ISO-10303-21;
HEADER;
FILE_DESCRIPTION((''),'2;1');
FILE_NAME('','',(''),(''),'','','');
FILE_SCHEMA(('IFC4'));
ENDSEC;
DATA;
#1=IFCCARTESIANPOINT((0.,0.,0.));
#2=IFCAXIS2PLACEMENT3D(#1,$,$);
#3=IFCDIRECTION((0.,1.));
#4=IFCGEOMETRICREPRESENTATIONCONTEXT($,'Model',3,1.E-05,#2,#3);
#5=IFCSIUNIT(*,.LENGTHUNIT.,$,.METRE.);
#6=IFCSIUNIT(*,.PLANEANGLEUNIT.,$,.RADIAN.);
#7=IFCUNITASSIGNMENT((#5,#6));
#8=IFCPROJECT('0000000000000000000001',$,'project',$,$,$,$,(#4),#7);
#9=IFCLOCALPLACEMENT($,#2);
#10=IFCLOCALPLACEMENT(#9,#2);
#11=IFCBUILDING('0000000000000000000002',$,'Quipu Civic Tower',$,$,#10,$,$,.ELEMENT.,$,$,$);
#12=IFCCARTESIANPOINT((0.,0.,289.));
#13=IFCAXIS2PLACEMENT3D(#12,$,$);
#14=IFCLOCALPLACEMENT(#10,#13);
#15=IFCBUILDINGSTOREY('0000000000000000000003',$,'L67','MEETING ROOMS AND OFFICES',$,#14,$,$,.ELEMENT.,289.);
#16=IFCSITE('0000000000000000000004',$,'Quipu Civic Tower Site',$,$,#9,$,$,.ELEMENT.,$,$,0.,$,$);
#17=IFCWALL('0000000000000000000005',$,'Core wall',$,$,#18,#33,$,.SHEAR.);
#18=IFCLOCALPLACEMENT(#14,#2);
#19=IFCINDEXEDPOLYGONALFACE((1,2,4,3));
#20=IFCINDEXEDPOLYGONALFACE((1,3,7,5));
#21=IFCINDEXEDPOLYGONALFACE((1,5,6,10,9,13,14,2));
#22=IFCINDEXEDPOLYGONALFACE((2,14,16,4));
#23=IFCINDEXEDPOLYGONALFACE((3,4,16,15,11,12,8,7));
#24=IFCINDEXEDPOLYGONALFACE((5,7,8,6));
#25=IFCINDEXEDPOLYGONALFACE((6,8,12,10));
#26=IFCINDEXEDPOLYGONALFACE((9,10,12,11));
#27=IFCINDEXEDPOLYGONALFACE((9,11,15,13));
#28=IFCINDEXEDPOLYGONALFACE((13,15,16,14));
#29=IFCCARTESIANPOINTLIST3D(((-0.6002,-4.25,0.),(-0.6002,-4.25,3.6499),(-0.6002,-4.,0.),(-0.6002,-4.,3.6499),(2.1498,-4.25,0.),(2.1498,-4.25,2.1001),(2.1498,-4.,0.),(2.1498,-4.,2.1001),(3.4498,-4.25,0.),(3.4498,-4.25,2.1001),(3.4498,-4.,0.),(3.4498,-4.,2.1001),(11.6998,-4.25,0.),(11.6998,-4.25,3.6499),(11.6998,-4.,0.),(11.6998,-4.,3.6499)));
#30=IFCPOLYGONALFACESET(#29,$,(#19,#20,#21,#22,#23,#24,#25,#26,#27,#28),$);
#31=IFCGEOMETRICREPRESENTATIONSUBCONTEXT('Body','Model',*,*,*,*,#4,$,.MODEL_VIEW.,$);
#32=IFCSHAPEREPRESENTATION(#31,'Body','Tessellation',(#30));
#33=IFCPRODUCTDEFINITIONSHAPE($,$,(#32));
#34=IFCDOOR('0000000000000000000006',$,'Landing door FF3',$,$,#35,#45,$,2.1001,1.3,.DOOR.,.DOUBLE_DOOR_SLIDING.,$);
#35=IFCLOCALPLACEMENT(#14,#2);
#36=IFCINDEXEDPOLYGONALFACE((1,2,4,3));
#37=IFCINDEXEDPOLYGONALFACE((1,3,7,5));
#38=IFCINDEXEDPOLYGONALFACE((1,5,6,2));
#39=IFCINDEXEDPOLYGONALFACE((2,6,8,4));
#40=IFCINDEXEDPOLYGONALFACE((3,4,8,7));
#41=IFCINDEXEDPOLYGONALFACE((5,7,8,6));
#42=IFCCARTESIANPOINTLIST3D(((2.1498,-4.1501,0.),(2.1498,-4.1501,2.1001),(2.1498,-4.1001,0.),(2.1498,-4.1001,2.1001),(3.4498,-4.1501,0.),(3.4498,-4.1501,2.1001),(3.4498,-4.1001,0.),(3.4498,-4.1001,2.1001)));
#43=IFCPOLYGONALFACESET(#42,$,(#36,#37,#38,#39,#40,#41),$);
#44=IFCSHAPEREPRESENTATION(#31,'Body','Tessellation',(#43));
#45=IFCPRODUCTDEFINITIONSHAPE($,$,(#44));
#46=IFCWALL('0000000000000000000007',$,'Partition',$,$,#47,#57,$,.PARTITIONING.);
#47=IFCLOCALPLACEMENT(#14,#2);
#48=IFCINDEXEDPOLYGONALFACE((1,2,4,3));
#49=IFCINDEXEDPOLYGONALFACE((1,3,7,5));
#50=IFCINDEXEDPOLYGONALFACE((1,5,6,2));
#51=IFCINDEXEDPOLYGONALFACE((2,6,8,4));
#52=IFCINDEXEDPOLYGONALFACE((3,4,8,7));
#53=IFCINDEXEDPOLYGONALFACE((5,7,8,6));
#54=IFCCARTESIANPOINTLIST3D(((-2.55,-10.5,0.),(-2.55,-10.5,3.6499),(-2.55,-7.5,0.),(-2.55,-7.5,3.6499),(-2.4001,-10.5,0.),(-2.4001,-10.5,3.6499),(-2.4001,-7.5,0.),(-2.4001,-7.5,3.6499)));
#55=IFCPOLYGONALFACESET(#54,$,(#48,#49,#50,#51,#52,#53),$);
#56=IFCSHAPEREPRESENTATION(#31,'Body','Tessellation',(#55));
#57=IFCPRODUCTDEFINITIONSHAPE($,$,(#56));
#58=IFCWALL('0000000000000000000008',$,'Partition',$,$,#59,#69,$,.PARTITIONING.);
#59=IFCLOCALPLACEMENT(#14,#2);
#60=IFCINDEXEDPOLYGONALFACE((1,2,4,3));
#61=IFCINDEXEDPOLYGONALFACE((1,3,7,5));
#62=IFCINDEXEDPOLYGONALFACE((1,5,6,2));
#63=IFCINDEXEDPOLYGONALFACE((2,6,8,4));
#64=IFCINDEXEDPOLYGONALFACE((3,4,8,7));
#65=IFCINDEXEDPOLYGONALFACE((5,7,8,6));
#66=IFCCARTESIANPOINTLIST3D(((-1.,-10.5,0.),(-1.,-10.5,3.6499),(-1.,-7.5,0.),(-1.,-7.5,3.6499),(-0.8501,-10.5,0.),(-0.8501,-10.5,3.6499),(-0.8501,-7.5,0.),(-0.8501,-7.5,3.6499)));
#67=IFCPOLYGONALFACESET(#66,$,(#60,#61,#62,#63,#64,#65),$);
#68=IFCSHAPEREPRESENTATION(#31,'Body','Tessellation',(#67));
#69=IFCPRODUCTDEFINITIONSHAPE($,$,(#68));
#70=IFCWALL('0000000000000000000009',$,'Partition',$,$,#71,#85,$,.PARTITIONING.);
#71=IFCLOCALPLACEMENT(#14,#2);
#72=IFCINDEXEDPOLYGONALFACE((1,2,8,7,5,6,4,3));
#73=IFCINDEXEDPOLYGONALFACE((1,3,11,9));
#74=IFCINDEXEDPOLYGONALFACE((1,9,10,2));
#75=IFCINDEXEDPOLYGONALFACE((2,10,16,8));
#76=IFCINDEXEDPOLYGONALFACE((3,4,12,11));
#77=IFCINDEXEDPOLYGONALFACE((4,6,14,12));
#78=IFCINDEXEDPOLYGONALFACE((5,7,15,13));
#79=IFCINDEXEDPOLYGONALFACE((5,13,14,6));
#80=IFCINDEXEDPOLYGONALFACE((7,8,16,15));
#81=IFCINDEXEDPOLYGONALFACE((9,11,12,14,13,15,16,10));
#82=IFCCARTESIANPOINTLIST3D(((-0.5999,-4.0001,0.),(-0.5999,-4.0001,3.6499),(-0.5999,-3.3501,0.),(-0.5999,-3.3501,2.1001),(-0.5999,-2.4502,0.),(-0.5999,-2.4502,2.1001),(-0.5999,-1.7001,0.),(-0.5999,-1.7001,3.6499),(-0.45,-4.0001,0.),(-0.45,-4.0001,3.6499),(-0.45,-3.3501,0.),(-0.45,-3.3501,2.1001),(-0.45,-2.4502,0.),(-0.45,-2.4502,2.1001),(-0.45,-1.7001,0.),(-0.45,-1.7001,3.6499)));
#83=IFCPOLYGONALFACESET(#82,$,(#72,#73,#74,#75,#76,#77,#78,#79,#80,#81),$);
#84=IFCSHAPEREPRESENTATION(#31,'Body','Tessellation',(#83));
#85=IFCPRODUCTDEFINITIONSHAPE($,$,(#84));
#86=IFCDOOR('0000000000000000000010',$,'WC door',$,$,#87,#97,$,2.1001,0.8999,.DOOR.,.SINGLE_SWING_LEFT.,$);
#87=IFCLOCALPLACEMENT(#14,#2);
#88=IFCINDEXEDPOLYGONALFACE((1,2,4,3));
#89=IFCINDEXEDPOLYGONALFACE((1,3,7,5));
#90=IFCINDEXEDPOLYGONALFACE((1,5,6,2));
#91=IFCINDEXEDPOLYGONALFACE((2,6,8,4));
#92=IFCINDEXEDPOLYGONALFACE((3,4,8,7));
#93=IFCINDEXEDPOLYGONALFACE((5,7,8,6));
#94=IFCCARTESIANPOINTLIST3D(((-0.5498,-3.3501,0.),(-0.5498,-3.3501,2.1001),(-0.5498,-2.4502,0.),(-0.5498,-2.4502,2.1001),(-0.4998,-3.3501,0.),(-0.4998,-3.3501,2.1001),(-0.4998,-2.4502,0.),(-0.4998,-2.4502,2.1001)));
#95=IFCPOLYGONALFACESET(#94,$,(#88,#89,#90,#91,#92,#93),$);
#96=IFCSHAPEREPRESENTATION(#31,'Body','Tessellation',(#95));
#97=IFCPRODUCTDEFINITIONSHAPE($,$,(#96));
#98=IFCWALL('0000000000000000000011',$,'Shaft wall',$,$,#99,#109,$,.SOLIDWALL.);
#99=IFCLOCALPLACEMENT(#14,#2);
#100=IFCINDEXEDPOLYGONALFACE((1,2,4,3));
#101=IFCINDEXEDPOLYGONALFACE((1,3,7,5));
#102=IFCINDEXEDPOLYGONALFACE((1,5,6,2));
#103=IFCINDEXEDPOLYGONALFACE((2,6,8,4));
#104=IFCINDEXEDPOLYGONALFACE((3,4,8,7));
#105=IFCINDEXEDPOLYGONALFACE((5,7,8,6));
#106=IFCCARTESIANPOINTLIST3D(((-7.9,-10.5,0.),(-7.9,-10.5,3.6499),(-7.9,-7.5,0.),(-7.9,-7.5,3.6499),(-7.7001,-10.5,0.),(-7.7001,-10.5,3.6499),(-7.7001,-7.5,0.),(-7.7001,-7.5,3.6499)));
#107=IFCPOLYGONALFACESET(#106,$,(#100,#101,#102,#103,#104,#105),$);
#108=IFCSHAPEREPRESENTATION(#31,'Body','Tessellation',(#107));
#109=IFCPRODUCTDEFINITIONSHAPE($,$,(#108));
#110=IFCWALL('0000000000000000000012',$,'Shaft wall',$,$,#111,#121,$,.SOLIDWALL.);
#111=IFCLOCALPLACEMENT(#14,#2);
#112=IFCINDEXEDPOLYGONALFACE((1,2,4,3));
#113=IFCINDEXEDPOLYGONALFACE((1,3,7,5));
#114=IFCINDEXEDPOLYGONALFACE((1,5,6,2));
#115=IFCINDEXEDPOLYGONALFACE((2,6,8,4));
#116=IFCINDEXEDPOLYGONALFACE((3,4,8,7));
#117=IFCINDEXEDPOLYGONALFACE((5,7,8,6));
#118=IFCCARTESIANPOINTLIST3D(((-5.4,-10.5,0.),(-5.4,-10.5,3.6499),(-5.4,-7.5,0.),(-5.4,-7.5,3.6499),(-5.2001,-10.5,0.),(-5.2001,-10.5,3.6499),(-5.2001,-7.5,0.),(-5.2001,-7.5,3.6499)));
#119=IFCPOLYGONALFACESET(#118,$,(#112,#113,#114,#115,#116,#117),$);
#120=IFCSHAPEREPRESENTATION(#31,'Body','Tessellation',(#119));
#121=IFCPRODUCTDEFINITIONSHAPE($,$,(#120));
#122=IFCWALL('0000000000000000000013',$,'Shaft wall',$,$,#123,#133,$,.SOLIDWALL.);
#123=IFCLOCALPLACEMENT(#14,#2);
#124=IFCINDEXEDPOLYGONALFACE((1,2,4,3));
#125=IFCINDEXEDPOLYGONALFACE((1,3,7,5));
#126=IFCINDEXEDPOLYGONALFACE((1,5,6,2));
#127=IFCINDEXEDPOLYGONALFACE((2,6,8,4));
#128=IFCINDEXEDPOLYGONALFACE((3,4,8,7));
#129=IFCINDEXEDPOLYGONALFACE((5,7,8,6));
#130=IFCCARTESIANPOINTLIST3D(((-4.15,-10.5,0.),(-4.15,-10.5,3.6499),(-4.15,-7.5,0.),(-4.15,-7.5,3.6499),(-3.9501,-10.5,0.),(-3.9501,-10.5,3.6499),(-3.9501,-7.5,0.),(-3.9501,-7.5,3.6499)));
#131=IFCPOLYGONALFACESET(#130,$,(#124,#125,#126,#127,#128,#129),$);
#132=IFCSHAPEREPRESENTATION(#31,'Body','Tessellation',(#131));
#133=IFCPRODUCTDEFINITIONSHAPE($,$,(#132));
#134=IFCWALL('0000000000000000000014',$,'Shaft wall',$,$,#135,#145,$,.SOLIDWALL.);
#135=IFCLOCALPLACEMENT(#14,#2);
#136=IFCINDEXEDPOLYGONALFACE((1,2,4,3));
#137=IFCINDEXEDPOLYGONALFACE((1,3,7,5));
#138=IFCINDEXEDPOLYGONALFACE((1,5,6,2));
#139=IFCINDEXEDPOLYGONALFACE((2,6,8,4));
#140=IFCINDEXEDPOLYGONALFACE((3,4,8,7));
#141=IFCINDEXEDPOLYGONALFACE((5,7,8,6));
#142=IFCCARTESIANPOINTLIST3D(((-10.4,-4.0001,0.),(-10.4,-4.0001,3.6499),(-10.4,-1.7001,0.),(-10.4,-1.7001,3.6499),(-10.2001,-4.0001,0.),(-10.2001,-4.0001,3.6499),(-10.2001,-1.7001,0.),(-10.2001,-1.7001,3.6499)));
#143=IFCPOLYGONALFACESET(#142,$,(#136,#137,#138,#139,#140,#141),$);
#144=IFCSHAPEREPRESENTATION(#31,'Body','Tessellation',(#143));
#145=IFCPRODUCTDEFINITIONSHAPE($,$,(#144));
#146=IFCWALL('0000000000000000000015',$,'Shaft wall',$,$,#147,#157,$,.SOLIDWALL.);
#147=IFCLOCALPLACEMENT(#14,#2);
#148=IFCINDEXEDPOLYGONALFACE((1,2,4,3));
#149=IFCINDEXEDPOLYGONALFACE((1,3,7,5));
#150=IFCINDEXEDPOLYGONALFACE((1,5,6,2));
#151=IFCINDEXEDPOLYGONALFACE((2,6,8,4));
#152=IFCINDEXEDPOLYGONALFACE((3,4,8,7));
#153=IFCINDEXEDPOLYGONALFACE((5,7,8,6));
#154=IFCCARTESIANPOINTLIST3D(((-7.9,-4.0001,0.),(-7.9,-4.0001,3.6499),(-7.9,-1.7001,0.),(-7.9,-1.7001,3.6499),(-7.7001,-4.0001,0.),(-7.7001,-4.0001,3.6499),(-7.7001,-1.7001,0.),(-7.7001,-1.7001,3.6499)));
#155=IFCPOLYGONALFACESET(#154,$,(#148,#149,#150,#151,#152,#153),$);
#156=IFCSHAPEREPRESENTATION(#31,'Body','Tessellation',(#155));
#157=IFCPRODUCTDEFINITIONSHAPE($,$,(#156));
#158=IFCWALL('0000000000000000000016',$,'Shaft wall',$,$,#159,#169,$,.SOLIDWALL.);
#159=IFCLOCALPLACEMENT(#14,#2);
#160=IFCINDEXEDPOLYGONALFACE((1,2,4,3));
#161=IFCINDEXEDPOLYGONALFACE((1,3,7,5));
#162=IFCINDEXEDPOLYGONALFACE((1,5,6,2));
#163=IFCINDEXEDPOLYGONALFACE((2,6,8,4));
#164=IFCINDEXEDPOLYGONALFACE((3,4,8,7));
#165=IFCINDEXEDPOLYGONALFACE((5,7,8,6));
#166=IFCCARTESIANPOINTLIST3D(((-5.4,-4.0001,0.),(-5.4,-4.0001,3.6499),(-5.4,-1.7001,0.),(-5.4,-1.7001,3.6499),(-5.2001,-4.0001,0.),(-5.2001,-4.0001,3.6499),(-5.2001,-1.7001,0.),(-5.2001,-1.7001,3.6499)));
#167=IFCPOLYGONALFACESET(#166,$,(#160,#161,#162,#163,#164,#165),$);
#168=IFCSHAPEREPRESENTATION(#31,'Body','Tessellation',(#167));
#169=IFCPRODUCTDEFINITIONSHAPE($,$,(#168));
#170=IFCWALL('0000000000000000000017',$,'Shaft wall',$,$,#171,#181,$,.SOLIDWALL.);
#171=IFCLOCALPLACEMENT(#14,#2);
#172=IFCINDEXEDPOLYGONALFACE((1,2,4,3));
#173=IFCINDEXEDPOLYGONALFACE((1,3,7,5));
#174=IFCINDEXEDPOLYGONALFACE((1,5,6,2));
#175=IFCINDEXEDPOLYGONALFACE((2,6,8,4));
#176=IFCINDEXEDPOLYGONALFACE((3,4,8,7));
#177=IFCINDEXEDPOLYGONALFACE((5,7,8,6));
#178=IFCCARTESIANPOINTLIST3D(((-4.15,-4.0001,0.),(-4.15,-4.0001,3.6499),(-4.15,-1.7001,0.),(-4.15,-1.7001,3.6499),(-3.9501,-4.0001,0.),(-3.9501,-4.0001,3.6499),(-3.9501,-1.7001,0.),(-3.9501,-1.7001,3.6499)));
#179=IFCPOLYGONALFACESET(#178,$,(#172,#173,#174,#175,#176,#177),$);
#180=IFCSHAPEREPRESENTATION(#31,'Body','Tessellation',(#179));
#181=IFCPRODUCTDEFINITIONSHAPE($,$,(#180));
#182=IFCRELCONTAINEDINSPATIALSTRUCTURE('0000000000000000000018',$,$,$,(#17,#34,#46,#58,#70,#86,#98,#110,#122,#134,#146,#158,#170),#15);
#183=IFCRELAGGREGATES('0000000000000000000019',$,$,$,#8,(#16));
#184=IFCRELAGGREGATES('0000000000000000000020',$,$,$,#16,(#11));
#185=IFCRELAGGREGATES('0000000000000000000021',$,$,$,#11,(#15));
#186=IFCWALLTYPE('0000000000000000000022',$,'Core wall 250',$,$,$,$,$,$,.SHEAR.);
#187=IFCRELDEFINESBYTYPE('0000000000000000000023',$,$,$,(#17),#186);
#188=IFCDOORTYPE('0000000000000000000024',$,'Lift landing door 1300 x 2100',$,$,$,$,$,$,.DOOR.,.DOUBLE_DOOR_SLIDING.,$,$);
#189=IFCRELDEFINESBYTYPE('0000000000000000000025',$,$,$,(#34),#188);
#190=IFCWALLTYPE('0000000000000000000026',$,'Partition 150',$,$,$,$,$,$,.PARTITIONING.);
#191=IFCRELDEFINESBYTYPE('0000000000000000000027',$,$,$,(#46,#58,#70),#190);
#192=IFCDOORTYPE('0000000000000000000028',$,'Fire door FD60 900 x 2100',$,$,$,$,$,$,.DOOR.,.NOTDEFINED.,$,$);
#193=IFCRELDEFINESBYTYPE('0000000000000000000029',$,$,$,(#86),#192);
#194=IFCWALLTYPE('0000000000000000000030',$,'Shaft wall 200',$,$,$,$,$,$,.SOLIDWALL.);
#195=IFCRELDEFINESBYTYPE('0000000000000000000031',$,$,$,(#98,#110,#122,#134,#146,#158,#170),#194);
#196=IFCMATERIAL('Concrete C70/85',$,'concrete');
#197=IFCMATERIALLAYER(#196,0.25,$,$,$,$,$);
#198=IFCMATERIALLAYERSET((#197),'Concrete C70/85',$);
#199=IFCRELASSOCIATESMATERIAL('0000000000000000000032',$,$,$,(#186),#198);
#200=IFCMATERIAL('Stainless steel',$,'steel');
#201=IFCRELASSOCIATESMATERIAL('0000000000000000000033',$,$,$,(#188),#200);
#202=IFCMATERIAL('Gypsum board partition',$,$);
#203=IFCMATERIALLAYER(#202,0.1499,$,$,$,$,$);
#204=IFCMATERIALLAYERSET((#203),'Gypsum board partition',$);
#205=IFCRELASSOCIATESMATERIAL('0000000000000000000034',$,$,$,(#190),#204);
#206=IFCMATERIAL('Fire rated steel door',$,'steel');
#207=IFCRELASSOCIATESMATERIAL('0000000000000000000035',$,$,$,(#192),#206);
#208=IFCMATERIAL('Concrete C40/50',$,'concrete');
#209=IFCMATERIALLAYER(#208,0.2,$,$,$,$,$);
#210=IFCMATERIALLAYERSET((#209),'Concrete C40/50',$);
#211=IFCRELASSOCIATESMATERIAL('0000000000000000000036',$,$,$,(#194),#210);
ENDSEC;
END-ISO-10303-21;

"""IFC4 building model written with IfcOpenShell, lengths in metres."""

from ifc_helpers import new_model, si_unit, direction, frame, frame_2d, origin, place, context, subcontext, project, spatial, rectangle, extrude, material, layer, layer_set, type_object, element, fill, save


model = new_model("IFC4")

# Units and contexts
model_context = context("Model", 3, precision=1e-05, world=origin(), true_north=direction((0.0, 1.0)))
body_context = subcontext(model_context, "Body", "Model", "MODEL_VIEW")
ifc_project = project(units=[si_unit("LENGTHUNIT", "METRE"), si_unit("PLANEANGLEUNIT", "RADIAN")], contexts=[model_context])

# Site, building, storey
site_placement = place(None, origin())
site = spatial("IfcSite", under=ifc_project, at=site_placement, Name="Quipu Civic Tower Site", CompositionType="ELEMENT", RefElevation=0.0)
building_placement = place(site_placement, origin())
building = spatial("IfcBuilding", under=site, at=building_placement, Name="Quipu Civic Tower", CompositionType="ELEMENT")
storey_placement = place(building_placement, frame((0.0, 0.0, 289.0)))
storey = spatial("IfcBuildingStorey", under=building, at=storey_placement, Name="L67", Description="MEETING ROOMS AND OFFICES", CompositionType="ELEMENT", Elevation=289.0)

# Wall, opening, door
ifc_material_1 = material(Name="Concrete C70/85", Category="concrete")
ifc_layer_1 = layer(ifc_material_1, 0.25)
ifc_layer_set_1 = layer_set([ifc_layer_1], Name="Concrete C70/85")
wall_type_1 = type_object("IfcWallType", Name="Core wall 250", PredefinedType="SHEAR", material=ifc_layer_set_1)
wall_1_placement = place(storey_placement, frame((-0.6001, -4.125, 0.0), z_axis=(0.0, 0.0, 1.0), x_axis=(1.0, 0.0, 0.0)))
wall_1 = element("IfcWall", 1, at=wall_1_placement, inside=storey, type_object=wall_type_1, Name="Core wall", PredefinedType="SHEAR", context=body_context, shape_type="SweptSolid", body=[
    extrude(rectangle(XDim=12.3, YDim=0.25, at=frame_2d((6.1499, 0.0))), origin(), (0.0, 0.0, 1.0), 3.6499),
])
opening_1_placement = place(wall_1_placement, frame((2.75, 0.0, 0.0)))
opening_1 = element("IfcOpeningElement", 2, at=opening_1_placement, cuts=wall_1, PredefinedType="OPENING", context=body_context, shape_type="SweptSolid", body=[
    extrude(rectangle(XDim=1.3, YDim=2.1001, at=frame_2d((0.6499, 1.05))), frame((0.0, 0.135, 0.0), z_axis=(0.0, -1.0, 0.0), x_axis=(1.0, 0.0, 0.0)), (0.0, 0.0, 1.0), 0.27),
])
ifc_material_2 = material(Name="Stainless steel", Category="steel")
door_type_1 = type_object("IfcDoorType", Name="Lift landing door 1300 x 2100", OperationType="DOUBLE_DOOR_SLIDING", PredefinedType="DOOR", material=ifc_material_2)
door_1_placement = place(opening_1_placement, origin())
door_1 = element("IfcDoor", 3, at=door_1_placement, inside=storey, type_object=door_type_1, Name="Landing door FF3", OperationType="DOUBLE_DOOR_SLIDING", OverallHeight=2.1001, OverallWidth=1.3, PredefinedType="DOOR", context=body_context, shape_type="SweptSolid", body=[
    extrude(rectangle(XDim=1.3, YDim=2.1001, at=frame_2d((0.6499, 1.05))), frame((0.0, 0.0249, 0.0), z_axis=(0.0, -1.0, 0.0), x_axis=(1.0, 0.0, 0.0)), (0.0, 0.0, 1.0), 0.05),
])
fill(opening_1, door_1)

# Walls
ifc_material_3 = material(Name="Gypsum board partition")
ifc_layer_2 = layer(ifc_material_3, 0.1499)
ifc_layer_set_2 = layer_set([ifc_layer_2], Name="Gypsum board partition")
wall_type_2 = type_object("IfcWallType", Name="Partition 150", PredefinedType="PARTITIONING", material=ifc_layer_set_2)
for number, where, z_axis, x_axis, name in (
    (4, (-2.4751, -10.5, 0.0), (0.0, 0.0, 1.0), (0.0, 1.0, 0.0), "Partition"),
    (5, (-0.925, -10.5, 0.0), (0.0, 0.0, 1.0), (0.0, 1.0, 0.0), "Partition"),
):
    element("IfcWall", number, at=place(storey_placement, frame(where, z_axis=z_axis, x_axis=x_axis)), inside=storey, type_object=wall_type_2, Name=name, PredefinedType="PARTITIONING", context=body_context, shape_type="SweptSolid", body=[
        extrude(rectangle(XDim=3.0, YDim=0.1499, at=frame_2d((1.5, 0.0))), origin(), (0.0, 0.0, 1.0), 3.6499),
    ])

# Wall, opening, door
wall_2_placement = place(storey_placement, frame((-0.5249, -4.0, 0.0), z_axis=(0.0, 0.0, 1.0), x_axis=(0.0, 1.0, 0.0)))
wall_2 = element("IfcWall", 6, at=wall_2_placement, inside=storey, type_object=wall_type_2, Name="Partition", PredefinedType="PARTITIONING", context=body_context, shape_type="SweptSolid", body=[
    extrude(rectangle(XDim=2.3, YDim=0.1499, at=frame_2d((1.1499, 0.0))), origin(), (0.0, 0.0, 1.0), 3.6499),
])
opening_2_placement = place(wall_2_placement, frame((0.6499, 0.0, 0.0)))
opening_2 = element("IfcOpeningElement", 7, at=opening_2_placement, cuts=wall_2, PredefinedType="OPENING", context=body_context, shape_type="SweptSolid", body=[
    extrude(rectangle(XDim=0.8999, YDim=2.1001, at=frame_2d((0.45, 1.05))), frame((0.0, 0.085, 0.0), z_axis=(0.0, -1.0, 0.0), x_axis=(1.0, 0.0, 0.0)), (0.0, 0.0, 1.0), 0.1699),
])
ifc_material_4 = material(Name="Fire rated steel door", Category="steel")
door_type_2 = type_object("IfcDoorType", Name="Fire door FD60 900 x 2100", OperationType="NOTDEFINED", PredefinedType="DOOR", material=ifc_material_4)
door_2_placement = place(opening_2_placement, origin())
door_2 = element("IfcDoor", 8, at=door_2_placement, inside=storey, type_object=door_type_2, Name="WC door", OperationType="SINGLE_SWING_LEFT", OverallHeight=2.1001, OverallWidth=0.8999, PredefinedType="DOOR", context=body_context, shape_type="SweptSolid", body=[
    extrude(rectangle(XDim=0.8999, YDim=2.1001, at=frame_2d((0.45, 1.05))), frame((0.0, 0.0249, 0.0), z_axis=(0.0, -1.0, 0.0), x_axis=(1.0, 0.0, 0.0)), (0.0, 0.0, 1.0), 0.05),
])
fill(opening_2, door_2)

# Walls
ifc_material_5 = material(Name="Concrete C40/50", Category="concrete")
ifc_layer_3 = layer(ifc_material_5, 0.2)
ifc_layer_set_3 = layer_set([ifc_layer_3], Name="Concrete C40/50")
wall_type_3 = type_object("IfcWallType", Name="Shaft wall 200", PredefinedType="SOLIDWALL", material=ifc_layer_set_3)
for number, where, z_axis, x_axis, name in (
    (9, (-7.8, -10.5, 0.0), (0.0, 0.0, 1.0), (0.0, 1.0, 0.0), "Shaft wall"),
    (10, (-5.3, -10.5, 0.0), (0.0, 0.0, 1.0), (0.0, 1.0, 0.0), "Shaft wall"),
    (11, (-4.05, -10.5, 0.0), (0.0, 0.0, 1.0), (0.0, 1.0, 0.0), "Shaft wall"),
):
    element("IfcWall", number, at=place(storey_placement, frame(where, z_axis=z_axis, x_axis=x_axis)), inside=storey, type_object=wall_type_3, Name=name, PredefinedType="SOLIDWALL", context=body_context, shape_type="SweptSolid", body=[
        extrude(rectangle(XDim=3.0, YDim=0.2, at=frame_2d((1.5, 0.0))), origin(), (0.0, 0.0, 1.0), 3.6499),
    ])
for number, where, z_axis, x_axis, name in (
    (12, (-10.3, -4.0, 0.0), (0.0, 0.0, 1.0), (0.0, 1.0, 0.0), "Shaft wall"),
    (13, (-7.8, -4.0, 0.0), (0.0, 0.0, 1.0), (0.0, 1.0, 0.0), "Shaft wall"),
    (14, (-5.3, -4.0, 0.0), (0.0, 0.0, 1.0), (0.0, 1.0, 0.0), "Shaft wall"),
    (15, (-4.05, -4.0, 0.0), (0.0, 0.0, 1.0), (0.0, 1.0, 0.0), "Shaft wall"),
):
    element("IfcWall", number, at=place(storey_placement, frame(where, z_axis=z_axis, x_axis=x_axis)), inside=storey, type_object=wall_type_3, Name=name, PredefinedType="SOLIDWALL", context=body_context, shape_type="SweptSolid", body=[
        extrude(rectangle(XDim=2.3, YDim=0.2, at=frame_2d((1.1499, 0.0))), origin(), (0.0, 0.0, 1.0), 3.6499),
    ])

save(model, "model.ifc")
